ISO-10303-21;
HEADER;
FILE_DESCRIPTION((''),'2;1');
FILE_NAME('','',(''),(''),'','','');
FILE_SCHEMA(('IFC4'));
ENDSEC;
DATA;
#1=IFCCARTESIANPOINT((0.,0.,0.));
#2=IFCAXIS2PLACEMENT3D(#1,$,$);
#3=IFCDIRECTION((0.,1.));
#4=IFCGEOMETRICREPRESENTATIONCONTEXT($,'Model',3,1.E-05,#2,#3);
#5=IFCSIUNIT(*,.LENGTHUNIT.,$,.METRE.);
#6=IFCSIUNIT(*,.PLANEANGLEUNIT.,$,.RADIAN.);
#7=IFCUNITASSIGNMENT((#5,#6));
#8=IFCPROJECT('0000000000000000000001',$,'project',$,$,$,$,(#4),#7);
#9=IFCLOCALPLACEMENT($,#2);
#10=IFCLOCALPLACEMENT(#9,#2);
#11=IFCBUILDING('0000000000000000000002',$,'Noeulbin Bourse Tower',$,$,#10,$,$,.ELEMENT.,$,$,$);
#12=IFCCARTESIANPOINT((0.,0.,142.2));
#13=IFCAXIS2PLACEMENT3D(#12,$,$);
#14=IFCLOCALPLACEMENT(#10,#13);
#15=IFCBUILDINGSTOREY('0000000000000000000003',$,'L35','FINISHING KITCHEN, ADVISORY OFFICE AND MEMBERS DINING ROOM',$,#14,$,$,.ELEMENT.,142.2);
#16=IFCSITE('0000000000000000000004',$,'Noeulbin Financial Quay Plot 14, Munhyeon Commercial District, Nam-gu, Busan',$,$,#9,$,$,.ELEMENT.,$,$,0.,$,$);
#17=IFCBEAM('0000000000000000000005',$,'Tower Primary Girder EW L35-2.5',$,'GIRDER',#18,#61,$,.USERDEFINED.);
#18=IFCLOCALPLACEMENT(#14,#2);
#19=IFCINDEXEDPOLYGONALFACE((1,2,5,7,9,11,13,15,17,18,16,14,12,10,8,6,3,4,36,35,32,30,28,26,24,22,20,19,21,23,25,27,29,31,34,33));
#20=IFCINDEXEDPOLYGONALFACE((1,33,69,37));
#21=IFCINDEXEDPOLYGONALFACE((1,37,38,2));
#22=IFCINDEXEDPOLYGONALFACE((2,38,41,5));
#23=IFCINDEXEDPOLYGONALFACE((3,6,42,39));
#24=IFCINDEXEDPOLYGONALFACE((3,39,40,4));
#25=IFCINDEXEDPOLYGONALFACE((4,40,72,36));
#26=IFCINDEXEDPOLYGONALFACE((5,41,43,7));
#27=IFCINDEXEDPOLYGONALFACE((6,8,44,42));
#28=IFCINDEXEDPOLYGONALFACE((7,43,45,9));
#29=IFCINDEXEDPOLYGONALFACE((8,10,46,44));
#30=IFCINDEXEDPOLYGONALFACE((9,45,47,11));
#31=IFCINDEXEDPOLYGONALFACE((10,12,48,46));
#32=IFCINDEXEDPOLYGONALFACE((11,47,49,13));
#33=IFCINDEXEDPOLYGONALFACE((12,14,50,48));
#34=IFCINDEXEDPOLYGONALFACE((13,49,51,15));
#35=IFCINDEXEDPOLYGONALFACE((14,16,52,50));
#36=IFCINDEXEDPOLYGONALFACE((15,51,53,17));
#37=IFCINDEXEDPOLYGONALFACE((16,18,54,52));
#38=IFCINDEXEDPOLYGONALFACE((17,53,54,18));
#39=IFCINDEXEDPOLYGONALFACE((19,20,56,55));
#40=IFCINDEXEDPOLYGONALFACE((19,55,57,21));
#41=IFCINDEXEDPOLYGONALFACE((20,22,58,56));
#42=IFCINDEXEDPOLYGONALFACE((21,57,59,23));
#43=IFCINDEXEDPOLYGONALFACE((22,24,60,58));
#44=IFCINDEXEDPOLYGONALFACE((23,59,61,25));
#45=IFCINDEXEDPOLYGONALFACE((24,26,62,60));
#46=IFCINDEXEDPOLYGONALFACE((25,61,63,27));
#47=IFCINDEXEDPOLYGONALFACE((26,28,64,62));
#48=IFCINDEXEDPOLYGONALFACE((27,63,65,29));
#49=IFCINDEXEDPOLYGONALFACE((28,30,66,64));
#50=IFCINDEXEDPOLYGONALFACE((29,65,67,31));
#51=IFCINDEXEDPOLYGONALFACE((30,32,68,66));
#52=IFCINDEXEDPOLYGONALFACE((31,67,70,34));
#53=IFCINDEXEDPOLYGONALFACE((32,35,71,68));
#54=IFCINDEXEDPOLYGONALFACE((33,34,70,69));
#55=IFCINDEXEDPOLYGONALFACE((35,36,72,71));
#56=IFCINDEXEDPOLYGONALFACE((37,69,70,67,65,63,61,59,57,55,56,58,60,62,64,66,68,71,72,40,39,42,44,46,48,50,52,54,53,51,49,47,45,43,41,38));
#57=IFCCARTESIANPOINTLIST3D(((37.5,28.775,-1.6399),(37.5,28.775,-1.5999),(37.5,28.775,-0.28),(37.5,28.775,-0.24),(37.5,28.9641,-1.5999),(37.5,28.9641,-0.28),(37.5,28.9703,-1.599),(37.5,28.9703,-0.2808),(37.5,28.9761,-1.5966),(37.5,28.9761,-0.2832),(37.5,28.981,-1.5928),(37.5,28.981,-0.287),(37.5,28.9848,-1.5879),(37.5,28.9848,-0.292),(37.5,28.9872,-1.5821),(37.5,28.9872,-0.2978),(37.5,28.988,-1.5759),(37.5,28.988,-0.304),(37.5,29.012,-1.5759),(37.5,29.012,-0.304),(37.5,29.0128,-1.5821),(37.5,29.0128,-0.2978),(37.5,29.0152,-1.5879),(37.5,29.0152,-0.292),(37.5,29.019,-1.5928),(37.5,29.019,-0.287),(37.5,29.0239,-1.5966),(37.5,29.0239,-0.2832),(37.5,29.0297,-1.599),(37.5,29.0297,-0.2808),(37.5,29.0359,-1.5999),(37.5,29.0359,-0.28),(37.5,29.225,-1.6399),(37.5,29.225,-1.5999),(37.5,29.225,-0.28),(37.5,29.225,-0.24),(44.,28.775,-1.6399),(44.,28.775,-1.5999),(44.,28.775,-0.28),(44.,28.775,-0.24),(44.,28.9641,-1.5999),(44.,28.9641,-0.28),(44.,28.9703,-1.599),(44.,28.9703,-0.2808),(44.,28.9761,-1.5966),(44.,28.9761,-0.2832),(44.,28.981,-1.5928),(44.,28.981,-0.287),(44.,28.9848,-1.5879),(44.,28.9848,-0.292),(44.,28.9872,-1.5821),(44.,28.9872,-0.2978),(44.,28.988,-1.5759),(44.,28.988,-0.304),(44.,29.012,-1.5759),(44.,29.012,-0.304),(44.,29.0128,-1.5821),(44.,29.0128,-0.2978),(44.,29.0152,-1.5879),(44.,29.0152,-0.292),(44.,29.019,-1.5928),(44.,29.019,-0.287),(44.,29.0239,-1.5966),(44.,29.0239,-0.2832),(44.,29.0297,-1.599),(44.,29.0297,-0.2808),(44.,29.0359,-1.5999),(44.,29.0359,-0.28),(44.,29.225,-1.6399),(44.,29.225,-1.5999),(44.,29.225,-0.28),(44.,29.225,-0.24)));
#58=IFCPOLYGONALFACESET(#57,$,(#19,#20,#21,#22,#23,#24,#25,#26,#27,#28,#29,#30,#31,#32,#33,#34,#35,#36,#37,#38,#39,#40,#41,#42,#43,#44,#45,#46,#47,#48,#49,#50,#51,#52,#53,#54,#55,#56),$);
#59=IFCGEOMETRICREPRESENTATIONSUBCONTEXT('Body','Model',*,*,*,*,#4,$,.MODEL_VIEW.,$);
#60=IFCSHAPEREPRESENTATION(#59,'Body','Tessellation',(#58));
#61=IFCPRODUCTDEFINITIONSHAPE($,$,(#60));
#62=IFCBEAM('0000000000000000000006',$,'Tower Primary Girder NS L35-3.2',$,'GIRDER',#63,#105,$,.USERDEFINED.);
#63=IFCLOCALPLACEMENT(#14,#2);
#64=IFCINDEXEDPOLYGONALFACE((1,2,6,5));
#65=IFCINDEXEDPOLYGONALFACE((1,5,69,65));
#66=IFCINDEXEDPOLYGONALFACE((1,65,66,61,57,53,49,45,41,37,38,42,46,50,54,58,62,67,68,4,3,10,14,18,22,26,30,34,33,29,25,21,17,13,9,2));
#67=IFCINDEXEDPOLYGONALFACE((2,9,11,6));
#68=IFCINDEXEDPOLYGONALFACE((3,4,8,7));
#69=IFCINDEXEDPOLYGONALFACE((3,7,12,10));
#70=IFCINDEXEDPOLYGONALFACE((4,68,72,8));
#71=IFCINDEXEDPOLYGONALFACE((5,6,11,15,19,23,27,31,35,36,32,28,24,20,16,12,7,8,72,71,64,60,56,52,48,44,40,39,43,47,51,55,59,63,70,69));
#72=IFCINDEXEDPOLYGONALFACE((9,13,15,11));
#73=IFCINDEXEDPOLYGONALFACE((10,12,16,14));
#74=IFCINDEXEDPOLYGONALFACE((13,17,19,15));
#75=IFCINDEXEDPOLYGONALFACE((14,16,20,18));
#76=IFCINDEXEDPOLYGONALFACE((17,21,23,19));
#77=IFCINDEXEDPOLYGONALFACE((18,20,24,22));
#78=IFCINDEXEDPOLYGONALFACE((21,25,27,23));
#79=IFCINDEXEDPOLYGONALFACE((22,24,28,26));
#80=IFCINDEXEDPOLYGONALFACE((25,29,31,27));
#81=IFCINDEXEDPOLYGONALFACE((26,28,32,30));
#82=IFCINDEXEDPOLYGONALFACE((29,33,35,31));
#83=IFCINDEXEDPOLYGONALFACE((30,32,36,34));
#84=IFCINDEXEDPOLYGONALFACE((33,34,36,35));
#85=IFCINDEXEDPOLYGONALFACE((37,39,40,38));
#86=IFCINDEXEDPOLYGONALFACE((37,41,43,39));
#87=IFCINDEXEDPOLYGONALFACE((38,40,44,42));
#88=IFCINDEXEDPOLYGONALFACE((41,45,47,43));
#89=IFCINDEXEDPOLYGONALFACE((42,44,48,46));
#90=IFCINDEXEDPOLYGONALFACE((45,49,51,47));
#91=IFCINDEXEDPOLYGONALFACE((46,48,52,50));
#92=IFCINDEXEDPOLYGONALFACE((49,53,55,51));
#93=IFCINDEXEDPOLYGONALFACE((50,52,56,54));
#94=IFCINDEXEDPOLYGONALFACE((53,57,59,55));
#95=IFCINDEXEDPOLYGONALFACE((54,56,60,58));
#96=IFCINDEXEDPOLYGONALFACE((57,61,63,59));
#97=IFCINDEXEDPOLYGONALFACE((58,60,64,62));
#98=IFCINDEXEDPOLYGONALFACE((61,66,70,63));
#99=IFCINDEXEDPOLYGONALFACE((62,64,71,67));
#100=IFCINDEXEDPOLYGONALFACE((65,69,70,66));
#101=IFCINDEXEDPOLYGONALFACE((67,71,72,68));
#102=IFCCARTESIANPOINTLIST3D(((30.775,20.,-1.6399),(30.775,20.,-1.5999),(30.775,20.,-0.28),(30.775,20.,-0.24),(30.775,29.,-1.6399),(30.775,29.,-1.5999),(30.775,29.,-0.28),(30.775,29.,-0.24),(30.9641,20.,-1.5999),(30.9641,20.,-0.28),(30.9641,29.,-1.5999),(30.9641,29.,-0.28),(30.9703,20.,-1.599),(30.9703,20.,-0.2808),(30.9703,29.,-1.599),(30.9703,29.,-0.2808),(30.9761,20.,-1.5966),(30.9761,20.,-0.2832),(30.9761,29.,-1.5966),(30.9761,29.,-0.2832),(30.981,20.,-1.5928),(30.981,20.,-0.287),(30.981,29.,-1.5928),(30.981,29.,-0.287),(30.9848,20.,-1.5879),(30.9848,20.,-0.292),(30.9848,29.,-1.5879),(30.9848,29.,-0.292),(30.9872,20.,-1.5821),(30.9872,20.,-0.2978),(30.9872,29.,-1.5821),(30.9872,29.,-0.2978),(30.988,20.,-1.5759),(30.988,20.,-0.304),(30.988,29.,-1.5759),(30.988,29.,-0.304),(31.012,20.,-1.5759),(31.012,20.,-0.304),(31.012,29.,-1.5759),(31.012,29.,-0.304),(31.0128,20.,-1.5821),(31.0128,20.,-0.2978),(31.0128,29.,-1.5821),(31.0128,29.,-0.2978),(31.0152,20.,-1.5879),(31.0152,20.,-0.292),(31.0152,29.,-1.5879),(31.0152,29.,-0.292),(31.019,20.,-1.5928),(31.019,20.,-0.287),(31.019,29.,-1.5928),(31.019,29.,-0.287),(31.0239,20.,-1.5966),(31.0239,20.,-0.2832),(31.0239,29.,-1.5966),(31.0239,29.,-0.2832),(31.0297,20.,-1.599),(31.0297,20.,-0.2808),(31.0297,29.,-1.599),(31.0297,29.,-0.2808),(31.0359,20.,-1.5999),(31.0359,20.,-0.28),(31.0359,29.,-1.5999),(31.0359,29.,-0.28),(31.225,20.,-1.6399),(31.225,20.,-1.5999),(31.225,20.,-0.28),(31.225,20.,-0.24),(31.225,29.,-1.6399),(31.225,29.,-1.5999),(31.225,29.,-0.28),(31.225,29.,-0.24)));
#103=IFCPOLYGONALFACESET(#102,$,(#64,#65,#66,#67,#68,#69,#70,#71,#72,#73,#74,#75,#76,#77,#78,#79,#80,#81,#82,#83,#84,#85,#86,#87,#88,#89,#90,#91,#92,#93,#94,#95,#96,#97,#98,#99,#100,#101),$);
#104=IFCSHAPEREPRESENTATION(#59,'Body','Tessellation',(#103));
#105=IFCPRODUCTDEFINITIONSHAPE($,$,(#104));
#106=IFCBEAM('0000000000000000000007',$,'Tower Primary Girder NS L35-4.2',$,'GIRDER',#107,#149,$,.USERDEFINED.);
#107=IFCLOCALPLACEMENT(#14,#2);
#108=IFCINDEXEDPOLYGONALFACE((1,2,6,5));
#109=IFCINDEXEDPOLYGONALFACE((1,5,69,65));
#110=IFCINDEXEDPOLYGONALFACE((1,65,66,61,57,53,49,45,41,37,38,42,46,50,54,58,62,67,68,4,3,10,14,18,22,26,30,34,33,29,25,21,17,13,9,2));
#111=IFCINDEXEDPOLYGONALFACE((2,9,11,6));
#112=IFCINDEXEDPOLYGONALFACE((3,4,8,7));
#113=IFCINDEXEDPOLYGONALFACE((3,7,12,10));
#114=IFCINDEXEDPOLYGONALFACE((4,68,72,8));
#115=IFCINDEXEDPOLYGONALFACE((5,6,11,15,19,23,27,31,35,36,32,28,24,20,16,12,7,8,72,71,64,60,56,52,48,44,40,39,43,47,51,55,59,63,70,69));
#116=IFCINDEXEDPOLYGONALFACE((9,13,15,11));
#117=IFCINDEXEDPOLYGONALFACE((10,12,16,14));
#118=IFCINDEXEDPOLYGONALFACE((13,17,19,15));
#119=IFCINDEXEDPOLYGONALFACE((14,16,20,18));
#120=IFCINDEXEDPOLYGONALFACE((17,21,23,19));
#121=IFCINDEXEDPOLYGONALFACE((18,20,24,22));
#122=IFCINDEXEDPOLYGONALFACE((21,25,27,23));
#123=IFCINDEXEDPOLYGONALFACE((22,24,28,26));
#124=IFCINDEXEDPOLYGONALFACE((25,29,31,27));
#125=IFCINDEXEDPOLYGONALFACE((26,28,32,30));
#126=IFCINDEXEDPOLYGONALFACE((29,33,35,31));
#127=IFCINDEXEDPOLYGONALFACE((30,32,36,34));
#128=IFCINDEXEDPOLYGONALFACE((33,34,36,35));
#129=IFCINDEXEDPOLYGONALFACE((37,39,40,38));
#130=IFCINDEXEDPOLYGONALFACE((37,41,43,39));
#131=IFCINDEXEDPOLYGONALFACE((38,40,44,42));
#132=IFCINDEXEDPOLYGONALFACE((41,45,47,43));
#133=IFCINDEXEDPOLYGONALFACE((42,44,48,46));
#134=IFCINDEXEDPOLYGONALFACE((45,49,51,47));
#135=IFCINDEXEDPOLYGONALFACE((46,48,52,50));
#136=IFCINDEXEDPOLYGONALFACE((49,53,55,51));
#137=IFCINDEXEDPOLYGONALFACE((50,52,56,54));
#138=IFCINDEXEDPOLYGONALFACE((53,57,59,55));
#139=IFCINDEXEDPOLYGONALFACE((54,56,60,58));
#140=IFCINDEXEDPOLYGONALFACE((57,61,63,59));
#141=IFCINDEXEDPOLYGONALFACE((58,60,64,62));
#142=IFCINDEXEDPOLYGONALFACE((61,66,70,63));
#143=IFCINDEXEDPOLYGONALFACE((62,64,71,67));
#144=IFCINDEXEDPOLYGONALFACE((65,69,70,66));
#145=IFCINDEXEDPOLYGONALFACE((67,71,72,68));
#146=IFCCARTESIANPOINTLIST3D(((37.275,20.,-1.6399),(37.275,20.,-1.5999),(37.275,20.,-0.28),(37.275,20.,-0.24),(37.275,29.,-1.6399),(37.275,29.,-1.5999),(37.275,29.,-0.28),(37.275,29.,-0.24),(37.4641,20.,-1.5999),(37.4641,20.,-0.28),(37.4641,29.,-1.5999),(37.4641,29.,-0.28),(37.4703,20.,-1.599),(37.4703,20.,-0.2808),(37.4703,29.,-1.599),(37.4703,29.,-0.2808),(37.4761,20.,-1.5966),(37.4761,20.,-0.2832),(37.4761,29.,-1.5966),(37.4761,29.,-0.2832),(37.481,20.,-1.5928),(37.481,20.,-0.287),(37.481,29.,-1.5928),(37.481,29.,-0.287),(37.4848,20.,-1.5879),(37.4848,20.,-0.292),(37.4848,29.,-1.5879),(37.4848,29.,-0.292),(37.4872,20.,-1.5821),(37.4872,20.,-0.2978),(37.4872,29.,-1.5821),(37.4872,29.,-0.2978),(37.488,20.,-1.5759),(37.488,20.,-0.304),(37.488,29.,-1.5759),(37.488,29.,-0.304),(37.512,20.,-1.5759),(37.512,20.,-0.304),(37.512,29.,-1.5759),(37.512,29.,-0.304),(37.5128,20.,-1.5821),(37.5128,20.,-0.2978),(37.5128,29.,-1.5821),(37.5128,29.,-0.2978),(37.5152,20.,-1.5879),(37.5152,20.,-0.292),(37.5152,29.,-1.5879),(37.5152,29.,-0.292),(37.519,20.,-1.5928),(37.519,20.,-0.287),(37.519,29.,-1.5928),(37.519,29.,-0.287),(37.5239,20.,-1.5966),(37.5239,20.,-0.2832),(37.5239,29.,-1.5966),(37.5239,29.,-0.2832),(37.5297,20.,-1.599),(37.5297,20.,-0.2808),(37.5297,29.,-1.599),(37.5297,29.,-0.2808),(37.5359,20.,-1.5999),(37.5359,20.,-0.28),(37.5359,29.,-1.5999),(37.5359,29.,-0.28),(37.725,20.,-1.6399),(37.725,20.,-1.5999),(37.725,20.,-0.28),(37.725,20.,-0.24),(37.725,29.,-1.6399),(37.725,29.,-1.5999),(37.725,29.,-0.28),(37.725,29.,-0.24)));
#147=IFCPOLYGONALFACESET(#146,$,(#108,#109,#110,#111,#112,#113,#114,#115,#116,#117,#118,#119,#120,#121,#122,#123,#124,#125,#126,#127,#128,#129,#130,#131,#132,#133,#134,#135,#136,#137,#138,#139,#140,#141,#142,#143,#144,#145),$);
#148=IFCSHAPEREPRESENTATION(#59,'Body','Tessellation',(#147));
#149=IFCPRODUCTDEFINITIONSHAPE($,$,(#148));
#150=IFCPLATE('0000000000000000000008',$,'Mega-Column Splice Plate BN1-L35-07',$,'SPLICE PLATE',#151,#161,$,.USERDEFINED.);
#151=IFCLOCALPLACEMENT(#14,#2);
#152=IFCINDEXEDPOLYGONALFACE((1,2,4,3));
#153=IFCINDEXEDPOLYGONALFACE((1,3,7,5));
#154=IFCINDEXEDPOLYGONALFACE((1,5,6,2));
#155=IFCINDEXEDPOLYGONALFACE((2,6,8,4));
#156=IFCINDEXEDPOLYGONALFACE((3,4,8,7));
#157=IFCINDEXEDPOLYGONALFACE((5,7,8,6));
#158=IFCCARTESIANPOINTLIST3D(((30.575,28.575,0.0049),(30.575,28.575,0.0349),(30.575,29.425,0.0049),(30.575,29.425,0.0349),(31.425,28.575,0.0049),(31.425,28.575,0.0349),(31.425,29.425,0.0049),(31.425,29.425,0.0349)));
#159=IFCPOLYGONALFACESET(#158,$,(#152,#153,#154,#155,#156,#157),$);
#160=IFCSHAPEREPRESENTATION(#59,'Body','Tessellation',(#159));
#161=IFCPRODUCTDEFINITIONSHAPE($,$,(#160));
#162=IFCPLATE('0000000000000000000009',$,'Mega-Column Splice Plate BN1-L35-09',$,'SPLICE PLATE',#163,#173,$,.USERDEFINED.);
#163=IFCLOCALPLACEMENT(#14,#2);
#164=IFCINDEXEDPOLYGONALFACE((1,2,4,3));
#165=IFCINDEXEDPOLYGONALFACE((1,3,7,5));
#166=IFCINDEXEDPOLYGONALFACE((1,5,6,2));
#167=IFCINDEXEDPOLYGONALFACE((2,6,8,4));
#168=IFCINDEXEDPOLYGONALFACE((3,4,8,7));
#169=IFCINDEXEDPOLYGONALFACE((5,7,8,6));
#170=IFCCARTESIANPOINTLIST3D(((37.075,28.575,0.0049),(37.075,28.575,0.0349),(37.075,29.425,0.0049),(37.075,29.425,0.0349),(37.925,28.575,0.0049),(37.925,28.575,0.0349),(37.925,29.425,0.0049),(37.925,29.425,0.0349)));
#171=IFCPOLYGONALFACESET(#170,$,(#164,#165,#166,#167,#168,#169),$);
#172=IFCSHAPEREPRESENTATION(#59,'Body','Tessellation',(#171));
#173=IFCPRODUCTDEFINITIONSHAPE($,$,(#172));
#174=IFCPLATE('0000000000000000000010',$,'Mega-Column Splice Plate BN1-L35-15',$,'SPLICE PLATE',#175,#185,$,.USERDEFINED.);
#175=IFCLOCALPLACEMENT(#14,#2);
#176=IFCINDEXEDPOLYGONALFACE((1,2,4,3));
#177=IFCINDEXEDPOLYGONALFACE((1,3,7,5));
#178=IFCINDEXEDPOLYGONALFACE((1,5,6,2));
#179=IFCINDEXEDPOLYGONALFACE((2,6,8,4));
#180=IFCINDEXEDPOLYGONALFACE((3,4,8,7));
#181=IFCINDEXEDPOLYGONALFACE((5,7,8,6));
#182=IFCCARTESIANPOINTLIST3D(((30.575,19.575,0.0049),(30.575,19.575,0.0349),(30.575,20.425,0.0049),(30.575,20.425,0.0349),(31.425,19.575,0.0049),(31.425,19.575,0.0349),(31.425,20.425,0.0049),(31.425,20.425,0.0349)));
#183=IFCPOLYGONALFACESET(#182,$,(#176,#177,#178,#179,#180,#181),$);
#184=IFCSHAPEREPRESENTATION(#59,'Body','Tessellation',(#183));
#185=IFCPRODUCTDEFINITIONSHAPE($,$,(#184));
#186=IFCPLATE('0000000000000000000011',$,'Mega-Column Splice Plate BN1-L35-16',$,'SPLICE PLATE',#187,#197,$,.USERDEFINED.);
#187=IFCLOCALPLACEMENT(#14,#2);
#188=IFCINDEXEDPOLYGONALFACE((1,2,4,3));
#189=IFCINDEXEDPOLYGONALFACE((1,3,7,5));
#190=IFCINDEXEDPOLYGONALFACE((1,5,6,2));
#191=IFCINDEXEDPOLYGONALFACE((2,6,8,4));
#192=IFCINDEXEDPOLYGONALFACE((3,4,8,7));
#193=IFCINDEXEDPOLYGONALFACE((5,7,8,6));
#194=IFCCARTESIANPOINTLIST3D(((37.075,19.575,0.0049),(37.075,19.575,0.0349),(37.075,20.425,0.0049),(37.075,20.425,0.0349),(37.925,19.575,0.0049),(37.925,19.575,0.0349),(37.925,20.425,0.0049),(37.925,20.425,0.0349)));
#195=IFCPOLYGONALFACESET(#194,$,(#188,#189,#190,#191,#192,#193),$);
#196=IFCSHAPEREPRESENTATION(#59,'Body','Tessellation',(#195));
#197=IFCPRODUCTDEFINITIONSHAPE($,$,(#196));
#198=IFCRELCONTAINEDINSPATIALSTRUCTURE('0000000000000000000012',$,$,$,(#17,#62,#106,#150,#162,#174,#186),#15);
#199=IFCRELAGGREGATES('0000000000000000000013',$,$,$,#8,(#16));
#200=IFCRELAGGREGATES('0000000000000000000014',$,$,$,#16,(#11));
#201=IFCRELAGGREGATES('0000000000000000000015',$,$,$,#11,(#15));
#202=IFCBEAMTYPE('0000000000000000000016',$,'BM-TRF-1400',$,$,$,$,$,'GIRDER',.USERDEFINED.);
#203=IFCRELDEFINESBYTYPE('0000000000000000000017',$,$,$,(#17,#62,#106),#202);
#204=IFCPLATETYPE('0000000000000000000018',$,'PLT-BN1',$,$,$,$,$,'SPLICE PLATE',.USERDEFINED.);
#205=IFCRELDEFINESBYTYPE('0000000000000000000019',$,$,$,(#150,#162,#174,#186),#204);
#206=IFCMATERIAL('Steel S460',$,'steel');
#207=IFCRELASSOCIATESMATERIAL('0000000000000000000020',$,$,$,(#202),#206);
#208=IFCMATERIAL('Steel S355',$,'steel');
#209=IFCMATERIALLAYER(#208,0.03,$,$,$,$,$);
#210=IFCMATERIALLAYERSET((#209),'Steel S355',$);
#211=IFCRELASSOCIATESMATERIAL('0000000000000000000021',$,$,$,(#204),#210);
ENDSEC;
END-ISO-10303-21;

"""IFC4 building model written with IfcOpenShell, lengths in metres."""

from ifc_helpers import new_model, si_unit, direction, frame, origin, origin_2d, place, context, subcontext, project, spatial, rectangle, i_section, extrude, material, layer, layer_set, material_profile, profile_set, type_object, element, save


model = new_model("IFC4")

# Units and contexts
model_context = context("Model", 3, precision=1e-05, world=origin(), true_north=direction((0.0, 1.0)))
body_context = subcontext(model_context, "Body", "Model", "MODEL_VIEW")
ifc_project = project(units=[si_unit("LENGTHUNIT", "METRE"), si_unit("PLANEANGLEUNIT", "RADIAN")], contexts=[model_context])

# Site, building, storey
site_placement = place(None, origin())
site = spatial("IfcSite", under=ifc_project, at=site_placement, Name="Noeulbin Financial Quay Plot 14, Munhyeon Commercial District, Nam-gu, Busan", CompositionType="ELEMENT", RefElevation=0.0)
building_placement = place(site_placement, origin())
building = spatial("IfcBuilding", under=site, at=building_placement, Name="Noeulbin Bourse Tower", CompositionType="ELEMENT")
storey_placement = place(building_placement, frame((0.0, 0.0, 142.2)))
storey = spatial("IfcBuildingStorey", under=building, at=storey_placement, Name="L35", Description="FINISHING KITCHEN, ADVISORY OFFICE AND MEMBERS DINING ROOM", CompositionType="ELEMENT", Elevation=142.2)

# Shared definitions
ifc_material_1 = material(Name="Steel S460", Category="steel")

# Beams
ifc_material_2 = material(Name="Steel S355", Category="steel")
ifc_material_profile_1 = material_profile(ifc_material_1, i_section(OverallWidth=0.45, OverallDepth=1.3999, WebThickness=0.0239, FlangeThickness=0.04, FilletRadius=0.0239, at=origin_2d()), Name="PG-1400x450x24x40", Category="LoadBearing")
ifc_profile_set_1 = profile_set([ifc_material_profile_1], Name="Steel S460")
beam_type_1 = type_object("IfcBeamType", Name="BM-TRF-1400", ElementType="GIRDER", PredefinedType="USERDEFINED", material=ifc_profile_set_1)
for number, where, z_axis, x_axis, name in (
    (1, (37.5, 29.0, -0.9399), (1.0, 0.0, 0.0), (0.0, 1.0, 0.0), "Tower Primary Girder EW L35-2.5"),
):
    element("IfcBeam", number, at=place(storey_placement, frame(where, z_axis=z_axis, x_axis=x_axis)), inside=storey, type_object=beam_type_1, Name=name, ObjectType="GIRDER", PredefinedType="USERDEFINED", context=body_context, shape_type="SweptSolid", body=[
        extrude(i_section(OverallWidth=0.45, OverallDepth=1.3999, WebThickness=0.0239, FlangeThickness=0.04, FilletRadius=0.0239, at=origin_2d()), origin(), (0.0, 0.0, 1.0), 6.5),
    ])
for number, where, z_axis, x_axis, name in (
    (2, (31.0, 20.0, -0.9399), (0.0, 1.0, 0.0), (-1.0, 0.0, 0.0), "Tower Primary Girder NS L35-3.2"),
    (3, (37.5, 20.0, -0.9399), (0.0, 1.0, 0.0), (-1.0, 0.0, 0.0), "Tower Primary Girder NS L35-4.2"),
):
    element("IfcBeam", number, at=place(storey_placement, frame(where, z_axis=z_axis, x_axis=x_axis)), inside=storey, type_object=beam_type_1, Name=name, ObjectType="GIRDER", PredefinedType="USERDEFINED", context=body_context, shape_type="SweptSolid", body=[
        extrude(i_section(OverallWidth=0.45, OverallDepth=1.3999, WebThickness=0.0239, FlangeThickness=0.04, FilletRadius=0.0239, at=origin_2d()), origin(), (0.0, 0.0, 1.0), 9.0),
    ])

# Plates
ifc_layer_1 = layer(ifc_material_2, 0.03)
ifc_layer_set_1 = layer_set([ifc_layer_1], Name="Steel S355")
plate_type = type_object("IfcPlateType", Name="PLT-BN1", ElementType="SPLICE PLATE", PredefinedType="USERDEFINED", material=ifc_layer_set_1)
for number, where, z_axis, x_axis, name in (
    (4, (31.0, 29.0, 0.0049), (0.0, 0.0, 1.0), (1.0, 0.0, 0.0), "Mega-Column Splice Plate BN1-L35-07"),
    (5, (37.5, 29.0, 0.0049), (0.0, 0.0, 1.0), (1.0, 0.0, 0.0), "Mega-Column Splice Plate BN1-L35-09"),
    (6, (31.0, 20.0, 0.0049), (0.0, 0.0, 1.0), (1.0, 0.0, 0.0), "Mega-Column Splice Plate BN1-L35-15"),
    (7, (37.5, 20.0, 0.0049), (0.0, 0.0, 1.0), (1.0, 0.0, 0.0), "Mega-Column Splice Plate BN1-L35-16"),
):
    element("IfcPlate", number, at=place(storey_placement, frame(where, z_axis=z_axis, x_axis=x_axis)), inside=storey, type_object=plate_type, Name=name, ObjectType="SPLICE PLATE", PredefinedType="USERDEFINED", context=body_context, shape_type="SweptSolid", body=[
        extrude(rectangle(XDim=0.8501, YDim=0.8501, at=origin_2d()), origin(), (0.0, 0.0, 1.0), 0.03),
    ])

save(model, "model.ifc")
